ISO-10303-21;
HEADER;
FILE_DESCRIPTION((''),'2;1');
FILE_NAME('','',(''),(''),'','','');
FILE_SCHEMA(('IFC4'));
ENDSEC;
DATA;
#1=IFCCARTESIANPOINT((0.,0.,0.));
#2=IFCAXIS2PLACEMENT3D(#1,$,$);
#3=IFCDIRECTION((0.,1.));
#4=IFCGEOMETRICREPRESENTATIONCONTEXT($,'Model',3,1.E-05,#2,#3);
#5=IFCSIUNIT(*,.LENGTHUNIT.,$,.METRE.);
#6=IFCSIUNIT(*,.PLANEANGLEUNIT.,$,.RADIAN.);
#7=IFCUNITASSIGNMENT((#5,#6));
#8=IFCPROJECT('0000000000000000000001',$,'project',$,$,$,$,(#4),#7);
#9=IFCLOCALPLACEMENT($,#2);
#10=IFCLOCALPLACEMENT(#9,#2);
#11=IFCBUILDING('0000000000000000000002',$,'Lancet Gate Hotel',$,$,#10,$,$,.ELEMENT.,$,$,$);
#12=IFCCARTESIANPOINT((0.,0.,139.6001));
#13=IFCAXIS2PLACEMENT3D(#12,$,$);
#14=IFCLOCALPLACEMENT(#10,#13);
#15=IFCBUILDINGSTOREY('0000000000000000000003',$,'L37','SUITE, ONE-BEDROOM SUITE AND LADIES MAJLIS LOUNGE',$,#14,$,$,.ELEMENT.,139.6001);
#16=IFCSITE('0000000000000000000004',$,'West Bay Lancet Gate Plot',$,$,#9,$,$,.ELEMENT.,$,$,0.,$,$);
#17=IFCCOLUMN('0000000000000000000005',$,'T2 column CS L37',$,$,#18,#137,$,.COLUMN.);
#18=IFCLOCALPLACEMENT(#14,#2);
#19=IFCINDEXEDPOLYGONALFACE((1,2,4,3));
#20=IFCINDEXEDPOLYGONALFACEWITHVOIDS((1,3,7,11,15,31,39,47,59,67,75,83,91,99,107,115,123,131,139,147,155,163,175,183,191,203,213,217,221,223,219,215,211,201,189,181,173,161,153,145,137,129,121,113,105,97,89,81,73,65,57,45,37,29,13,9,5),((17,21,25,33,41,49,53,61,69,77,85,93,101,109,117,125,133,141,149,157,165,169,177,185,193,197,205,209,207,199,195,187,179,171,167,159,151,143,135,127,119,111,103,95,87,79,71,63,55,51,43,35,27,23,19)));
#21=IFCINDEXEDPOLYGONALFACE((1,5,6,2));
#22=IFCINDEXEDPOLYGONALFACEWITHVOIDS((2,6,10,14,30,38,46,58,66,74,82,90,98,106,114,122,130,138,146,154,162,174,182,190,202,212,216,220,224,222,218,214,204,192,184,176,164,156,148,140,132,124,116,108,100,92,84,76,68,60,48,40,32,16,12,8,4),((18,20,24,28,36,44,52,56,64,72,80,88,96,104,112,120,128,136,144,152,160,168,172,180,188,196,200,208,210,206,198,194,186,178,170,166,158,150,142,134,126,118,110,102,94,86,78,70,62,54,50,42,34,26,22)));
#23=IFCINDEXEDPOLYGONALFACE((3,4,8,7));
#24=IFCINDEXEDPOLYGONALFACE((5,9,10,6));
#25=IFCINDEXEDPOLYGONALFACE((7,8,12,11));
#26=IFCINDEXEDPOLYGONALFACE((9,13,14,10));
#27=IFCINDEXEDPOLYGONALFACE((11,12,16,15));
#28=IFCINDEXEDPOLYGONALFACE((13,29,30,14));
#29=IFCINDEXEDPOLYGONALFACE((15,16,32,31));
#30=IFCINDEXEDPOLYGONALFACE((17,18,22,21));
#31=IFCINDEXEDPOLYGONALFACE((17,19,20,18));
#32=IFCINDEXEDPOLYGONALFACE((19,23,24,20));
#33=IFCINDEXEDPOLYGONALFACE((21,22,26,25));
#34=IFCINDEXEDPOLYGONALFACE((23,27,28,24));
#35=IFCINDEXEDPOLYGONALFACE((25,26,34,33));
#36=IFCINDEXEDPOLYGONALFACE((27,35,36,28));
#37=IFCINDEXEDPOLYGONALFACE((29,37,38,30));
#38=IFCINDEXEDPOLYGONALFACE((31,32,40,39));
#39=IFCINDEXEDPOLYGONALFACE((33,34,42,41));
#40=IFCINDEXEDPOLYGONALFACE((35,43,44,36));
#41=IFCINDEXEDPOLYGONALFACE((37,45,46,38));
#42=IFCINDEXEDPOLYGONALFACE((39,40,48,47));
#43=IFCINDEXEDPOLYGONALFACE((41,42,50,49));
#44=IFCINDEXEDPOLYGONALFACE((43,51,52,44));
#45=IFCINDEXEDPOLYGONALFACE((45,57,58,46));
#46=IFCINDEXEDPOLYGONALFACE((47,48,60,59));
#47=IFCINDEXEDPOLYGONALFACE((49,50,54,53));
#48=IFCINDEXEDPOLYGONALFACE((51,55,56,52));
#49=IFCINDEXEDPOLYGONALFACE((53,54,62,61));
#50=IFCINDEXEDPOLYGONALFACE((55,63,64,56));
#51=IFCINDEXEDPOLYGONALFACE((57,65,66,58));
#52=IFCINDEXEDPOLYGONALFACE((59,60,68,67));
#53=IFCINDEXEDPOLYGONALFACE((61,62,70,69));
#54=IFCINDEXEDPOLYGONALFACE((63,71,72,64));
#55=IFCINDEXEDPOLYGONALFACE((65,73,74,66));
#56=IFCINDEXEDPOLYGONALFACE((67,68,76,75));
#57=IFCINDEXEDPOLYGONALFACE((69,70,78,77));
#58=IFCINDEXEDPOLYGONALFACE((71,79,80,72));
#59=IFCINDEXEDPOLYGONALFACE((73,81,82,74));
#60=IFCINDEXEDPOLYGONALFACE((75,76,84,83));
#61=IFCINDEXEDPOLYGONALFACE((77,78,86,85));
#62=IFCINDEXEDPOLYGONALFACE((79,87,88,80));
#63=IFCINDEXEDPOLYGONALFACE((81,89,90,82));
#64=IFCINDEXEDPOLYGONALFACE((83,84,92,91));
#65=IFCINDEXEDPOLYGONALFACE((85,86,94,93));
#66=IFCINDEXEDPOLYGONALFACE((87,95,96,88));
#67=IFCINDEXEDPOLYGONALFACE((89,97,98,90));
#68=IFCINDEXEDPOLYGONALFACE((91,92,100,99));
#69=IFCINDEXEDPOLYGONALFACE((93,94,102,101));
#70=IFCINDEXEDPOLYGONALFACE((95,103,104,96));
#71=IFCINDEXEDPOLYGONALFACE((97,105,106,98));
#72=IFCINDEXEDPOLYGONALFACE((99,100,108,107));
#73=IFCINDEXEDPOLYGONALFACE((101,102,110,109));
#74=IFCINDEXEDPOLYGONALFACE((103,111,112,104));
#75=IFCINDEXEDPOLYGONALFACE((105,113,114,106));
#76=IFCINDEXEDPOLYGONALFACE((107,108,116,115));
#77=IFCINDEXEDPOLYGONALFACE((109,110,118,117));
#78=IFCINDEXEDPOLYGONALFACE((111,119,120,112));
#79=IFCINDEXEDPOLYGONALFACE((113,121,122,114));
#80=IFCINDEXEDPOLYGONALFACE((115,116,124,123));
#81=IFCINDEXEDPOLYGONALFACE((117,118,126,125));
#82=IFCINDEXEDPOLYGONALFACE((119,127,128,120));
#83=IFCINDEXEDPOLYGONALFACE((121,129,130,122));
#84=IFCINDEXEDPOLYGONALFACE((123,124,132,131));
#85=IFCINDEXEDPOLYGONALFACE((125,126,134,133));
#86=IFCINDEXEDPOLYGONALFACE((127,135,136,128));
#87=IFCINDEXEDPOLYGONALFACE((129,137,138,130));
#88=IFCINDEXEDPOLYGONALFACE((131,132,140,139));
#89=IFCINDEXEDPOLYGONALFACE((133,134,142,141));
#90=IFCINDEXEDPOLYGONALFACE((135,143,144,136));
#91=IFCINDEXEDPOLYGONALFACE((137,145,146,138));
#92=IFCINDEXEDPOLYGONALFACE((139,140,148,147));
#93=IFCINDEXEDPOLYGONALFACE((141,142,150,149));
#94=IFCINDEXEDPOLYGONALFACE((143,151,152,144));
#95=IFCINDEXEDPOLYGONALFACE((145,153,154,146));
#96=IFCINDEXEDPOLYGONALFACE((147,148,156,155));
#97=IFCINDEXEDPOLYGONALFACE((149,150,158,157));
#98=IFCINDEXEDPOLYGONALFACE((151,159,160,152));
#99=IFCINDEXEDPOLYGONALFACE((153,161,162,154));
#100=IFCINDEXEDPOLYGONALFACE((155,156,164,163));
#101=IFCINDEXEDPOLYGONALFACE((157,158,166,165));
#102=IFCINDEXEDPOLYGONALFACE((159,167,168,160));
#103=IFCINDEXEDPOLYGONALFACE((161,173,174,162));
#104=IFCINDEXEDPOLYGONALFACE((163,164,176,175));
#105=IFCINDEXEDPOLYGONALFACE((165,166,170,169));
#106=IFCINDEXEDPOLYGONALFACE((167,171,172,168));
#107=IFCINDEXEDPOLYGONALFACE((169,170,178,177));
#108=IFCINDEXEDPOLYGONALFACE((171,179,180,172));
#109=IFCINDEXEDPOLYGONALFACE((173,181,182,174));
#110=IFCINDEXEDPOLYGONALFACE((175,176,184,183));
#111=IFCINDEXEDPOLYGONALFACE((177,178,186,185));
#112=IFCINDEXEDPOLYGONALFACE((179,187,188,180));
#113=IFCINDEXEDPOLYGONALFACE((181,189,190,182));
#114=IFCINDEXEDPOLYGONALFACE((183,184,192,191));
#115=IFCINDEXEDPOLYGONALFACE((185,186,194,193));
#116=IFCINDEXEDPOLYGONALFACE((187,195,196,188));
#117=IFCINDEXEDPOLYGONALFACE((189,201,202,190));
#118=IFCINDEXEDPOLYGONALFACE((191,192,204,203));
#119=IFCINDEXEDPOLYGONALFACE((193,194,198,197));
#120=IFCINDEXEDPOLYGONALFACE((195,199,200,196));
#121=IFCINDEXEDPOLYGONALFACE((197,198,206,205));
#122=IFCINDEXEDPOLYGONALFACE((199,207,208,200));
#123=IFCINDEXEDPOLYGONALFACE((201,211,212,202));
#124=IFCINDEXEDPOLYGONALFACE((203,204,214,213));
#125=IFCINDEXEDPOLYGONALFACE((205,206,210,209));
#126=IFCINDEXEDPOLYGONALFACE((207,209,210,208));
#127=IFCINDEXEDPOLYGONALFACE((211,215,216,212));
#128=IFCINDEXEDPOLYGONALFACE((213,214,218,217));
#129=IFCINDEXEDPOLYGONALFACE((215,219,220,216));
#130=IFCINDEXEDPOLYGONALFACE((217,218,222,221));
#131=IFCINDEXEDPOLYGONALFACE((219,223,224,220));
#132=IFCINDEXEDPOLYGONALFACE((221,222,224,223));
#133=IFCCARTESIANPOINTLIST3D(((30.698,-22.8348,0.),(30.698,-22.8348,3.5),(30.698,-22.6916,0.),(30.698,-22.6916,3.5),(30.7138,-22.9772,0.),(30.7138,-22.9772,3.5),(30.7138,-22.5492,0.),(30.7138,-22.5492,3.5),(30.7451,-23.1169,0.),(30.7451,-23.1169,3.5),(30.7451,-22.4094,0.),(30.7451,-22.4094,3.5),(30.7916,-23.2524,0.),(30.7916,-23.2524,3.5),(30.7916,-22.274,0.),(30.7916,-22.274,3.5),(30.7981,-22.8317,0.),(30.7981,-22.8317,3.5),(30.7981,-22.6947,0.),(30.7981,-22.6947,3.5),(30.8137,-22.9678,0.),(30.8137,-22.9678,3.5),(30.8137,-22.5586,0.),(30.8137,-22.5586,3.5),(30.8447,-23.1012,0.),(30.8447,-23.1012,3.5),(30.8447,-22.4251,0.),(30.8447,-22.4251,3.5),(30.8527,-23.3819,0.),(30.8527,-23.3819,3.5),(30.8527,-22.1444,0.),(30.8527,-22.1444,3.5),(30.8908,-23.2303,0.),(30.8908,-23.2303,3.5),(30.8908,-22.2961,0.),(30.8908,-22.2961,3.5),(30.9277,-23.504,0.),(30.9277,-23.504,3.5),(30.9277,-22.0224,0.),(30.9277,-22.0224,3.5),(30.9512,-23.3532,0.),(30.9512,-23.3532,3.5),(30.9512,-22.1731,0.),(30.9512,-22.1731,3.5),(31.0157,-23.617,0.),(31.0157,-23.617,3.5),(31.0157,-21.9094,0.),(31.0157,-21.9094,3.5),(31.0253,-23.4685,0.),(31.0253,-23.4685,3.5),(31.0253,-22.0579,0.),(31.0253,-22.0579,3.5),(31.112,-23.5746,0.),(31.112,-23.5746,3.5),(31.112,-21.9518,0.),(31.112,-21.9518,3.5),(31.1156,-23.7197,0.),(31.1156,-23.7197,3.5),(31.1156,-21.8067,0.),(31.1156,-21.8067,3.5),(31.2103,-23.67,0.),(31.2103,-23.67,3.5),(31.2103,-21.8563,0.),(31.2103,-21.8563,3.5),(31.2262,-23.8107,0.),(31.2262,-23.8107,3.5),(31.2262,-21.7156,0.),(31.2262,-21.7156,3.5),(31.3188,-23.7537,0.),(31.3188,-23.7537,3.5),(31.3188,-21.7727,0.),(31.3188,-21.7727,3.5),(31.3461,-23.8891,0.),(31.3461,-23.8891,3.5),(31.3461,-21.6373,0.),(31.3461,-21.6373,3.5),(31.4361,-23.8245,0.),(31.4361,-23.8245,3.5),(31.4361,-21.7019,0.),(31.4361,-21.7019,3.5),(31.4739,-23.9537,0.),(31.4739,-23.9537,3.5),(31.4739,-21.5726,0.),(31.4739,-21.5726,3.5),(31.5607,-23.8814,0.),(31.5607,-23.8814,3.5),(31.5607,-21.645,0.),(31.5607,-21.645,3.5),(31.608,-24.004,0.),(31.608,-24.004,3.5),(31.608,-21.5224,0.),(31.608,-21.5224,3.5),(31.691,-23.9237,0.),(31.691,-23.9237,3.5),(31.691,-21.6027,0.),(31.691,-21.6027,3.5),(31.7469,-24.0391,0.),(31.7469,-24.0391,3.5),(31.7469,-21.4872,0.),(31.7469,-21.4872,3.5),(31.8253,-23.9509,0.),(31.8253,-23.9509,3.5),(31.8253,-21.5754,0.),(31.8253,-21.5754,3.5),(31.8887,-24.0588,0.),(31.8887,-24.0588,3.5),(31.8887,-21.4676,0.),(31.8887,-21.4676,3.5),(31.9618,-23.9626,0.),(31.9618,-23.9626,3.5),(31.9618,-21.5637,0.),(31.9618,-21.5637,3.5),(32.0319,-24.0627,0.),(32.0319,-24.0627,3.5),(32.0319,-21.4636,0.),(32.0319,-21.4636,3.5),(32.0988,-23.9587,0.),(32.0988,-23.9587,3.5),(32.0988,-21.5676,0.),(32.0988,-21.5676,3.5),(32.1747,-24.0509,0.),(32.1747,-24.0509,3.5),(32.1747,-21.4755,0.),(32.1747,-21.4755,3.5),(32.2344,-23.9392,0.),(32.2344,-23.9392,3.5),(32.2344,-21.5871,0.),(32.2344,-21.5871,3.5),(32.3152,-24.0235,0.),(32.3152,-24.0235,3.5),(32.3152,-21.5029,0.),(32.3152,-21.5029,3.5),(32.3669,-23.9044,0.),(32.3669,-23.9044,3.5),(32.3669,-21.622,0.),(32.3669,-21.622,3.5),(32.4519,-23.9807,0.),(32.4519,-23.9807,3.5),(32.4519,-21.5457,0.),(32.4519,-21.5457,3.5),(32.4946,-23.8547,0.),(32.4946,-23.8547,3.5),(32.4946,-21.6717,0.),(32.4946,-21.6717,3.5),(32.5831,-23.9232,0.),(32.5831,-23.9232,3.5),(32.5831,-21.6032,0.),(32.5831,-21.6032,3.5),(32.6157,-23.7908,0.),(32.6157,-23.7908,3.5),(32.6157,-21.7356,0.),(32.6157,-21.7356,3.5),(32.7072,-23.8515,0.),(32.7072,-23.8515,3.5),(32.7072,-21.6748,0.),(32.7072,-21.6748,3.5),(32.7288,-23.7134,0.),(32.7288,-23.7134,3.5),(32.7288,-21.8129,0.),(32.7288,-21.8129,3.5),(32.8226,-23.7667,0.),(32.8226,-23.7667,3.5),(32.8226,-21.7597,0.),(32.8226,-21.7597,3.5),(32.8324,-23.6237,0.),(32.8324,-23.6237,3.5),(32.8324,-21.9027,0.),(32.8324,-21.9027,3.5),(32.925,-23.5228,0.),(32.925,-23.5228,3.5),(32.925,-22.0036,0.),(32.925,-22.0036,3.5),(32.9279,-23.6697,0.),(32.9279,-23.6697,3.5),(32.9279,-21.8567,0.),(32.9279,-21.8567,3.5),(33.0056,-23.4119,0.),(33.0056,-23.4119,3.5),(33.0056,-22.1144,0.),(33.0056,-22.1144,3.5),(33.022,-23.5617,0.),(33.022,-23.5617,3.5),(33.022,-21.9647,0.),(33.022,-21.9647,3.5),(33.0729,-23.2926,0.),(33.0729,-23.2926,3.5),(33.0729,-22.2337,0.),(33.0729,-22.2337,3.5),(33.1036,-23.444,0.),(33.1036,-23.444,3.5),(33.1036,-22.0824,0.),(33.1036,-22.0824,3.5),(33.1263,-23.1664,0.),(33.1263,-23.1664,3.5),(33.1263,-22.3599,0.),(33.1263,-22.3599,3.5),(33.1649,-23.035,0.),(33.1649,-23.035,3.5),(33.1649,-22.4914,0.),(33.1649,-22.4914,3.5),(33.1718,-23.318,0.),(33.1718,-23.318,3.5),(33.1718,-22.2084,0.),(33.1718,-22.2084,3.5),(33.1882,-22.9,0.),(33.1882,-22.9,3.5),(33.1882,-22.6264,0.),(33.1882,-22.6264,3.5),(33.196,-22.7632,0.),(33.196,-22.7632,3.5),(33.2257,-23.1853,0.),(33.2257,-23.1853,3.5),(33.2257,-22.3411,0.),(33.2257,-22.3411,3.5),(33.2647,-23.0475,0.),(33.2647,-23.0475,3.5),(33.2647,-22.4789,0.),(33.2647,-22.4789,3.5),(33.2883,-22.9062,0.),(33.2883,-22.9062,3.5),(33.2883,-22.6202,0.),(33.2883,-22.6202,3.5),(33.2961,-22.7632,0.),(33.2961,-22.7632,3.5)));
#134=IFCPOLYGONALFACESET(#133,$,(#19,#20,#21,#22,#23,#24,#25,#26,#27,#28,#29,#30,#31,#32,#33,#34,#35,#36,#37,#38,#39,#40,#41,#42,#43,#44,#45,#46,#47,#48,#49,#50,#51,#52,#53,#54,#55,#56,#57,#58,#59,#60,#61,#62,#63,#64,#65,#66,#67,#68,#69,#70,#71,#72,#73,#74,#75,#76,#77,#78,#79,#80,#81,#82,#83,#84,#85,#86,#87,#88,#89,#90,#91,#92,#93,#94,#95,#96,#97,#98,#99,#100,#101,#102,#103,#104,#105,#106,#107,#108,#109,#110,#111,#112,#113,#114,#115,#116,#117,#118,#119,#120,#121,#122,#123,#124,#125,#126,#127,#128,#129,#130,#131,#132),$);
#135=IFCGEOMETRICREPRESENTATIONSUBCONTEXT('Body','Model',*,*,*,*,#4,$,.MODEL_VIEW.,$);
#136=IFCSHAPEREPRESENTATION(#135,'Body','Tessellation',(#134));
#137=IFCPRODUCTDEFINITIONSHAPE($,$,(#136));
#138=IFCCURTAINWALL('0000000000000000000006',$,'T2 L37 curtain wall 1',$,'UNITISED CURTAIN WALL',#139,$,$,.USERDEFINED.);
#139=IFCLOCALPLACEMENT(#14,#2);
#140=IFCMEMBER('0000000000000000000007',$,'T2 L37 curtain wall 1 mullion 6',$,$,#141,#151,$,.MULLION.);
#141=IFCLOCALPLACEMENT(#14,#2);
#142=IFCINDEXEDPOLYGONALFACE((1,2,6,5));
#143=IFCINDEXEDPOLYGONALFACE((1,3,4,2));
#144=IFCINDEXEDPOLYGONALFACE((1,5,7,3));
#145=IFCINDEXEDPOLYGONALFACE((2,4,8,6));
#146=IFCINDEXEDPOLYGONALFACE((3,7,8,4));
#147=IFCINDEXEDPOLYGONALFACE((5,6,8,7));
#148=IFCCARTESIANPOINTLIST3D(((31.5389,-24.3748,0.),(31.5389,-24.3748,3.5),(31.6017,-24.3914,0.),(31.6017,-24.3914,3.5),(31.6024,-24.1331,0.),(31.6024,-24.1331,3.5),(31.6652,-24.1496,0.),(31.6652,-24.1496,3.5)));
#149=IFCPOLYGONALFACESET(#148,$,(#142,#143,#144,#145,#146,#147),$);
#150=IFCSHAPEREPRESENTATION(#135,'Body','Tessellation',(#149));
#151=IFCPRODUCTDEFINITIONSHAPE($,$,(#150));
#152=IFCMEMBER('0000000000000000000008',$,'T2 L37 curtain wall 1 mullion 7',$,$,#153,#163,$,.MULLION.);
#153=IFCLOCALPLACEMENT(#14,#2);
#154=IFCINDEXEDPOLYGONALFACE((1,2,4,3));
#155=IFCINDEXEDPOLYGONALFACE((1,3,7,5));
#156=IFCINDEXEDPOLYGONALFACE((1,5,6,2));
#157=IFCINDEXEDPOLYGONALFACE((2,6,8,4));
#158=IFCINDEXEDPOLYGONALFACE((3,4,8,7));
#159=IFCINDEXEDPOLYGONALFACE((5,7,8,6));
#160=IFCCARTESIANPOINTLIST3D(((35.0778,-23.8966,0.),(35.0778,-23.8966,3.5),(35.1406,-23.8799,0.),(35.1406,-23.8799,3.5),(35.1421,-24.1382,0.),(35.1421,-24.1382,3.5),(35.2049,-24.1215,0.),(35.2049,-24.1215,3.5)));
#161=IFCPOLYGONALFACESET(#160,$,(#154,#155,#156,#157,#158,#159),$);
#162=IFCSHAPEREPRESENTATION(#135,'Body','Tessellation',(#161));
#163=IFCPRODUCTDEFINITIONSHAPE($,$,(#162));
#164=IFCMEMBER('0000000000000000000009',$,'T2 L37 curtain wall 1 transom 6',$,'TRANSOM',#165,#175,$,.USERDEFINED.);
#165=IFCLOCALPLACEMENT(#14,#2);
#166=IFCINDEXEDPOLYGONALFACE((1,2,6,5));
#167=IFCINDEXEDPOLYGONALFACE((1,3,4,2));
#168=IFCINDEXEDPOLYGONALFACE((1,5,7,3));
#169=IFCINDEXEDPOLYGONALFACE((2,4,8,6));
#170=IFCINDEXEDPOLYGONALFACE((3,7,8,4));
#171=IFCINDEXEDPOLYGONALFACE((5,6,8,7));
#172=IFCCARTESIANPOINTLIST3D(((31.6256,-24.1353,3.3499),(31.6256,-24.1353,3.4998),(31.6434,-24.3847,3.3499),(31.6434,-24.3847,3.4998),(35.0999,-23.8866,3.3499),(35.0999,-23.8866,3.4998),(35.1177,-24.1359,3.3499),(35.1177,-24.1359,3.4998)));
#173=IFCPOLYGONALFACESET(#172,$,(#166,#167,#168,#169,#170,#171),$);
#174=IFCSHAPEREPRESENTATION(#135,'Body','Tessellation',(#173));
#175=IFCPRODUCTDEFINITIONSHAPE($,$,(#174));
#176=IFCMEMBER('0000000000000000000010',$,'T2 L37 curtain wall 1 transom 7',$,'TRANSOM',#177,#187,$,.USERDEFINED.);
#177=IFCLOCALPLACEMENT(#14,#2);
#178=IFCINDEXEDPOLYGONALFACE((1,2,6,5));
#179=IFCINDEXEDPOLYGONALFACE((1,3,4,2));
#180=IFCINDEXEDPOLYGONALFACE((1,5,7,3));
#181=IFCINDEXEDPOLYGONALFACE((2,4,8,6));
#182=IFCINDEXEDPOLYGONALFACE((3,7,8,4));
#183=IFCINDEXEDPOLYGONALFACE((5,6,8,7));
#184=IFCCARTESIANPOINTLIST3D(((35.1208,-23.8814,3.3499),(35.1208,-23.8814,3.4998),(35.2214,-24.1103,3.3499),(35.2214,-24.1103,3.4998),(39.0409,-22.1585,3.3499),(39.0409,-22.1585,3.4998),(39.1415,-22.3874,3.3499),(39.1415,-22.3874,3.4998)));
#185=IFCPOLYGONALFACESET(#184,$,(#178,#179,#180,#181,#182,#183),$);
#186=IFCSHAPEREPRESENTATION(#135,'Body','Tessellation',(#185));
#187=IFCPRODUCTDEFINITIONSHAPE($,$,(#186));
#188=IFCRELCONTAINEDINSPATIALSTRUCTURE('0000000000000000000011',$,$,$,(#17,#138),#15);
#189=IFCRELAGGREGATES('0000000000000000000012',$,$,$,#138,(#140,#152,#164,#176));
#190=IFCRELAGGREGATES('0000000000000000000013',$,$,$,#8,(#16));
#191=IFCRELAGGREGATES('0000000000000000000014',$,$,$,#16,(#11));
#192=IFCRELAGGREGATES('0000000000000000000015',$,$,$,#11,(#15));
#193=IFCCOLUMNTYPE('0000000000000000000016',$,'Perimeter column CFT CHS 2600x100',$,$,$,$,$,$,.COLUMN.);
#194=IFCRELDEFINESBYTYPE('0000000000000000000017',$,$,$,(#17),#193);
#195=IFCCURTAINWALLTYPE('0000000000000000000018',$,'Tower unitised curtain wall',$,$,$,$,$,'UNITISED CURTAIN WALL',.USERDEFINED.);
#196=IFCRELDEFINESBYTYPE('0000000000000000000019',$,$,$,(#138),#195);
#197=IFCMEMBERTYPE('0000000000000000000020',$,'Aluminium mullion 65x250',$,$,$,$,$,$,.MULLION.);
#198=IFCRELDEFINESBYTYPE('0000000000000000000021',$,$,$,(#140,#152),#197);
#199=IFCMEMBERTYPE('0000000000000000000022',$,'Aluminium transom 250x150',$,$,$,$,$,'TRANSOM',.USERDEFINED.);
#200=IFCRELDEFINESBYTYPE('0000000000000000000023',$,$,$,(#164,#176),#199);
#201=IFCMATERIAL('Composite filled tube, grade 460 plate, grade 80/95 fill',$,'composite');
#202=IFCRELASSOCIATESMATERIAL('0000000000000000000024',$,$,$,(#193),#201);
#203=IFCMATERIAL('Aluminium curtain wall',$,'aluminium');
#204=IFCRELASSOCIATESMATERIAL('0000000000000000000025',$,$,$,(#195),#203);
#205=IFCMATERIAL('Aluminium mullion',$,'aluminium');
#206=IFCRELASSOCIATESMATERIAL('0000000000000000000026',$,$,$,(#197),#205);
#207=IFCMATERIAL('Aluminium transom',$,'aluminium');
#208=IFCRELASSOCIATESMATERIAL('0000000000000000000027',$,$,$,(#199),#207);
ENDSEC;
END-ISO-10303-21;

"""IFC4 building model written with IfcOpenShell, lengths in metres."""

from ifc_helpers import new_model, si_unit, direction, frame, origin, origin_2d, place, context, subcontext, project, spatial, rectangle, hollow_circle, extrude, material, material_profile, profile_set, type_object, element, aggregate, save


model = new_model("IFC4")

# Units and contexts
model_context = context("Model", 3, precision=1e-05, world=origin(), true_north=direction((0.0, 1.0)))
body_context = subcontext(model_context, "Body", "Model", "MODEL_VIEW")
ifc_project = project(units=[si_unit("LENGTHUNIT", "METRE"), si_unit("PLANEANGLEUNIT", "RADIAN")], contexts=[model_context])

# Site, building, storey
site_placement = place(None, origin())
site = spatial("IfcSite", under=ifc_project, at=site_placement, Name="West Bay Lancet Gate Plot", CompositionType="ELEMENT", RefElevation=0.0)
building_placement = place(site_placement, origin())
building = spatial("IfcBuilding", under=site, at=building_placement, Name="Lancet Gate Hotel", CompositionType="ELEMENT")
storey_placement = place(building_placement, frame((0.0, 0.0, 139.6001)))
storey = spatial("IfcBuildingStorey", under=building, at=storey_placement, Name="L37", Description="SUITE, ONE-BEDROOM SUITE AND LADIES MAJLIS LOUNGE", CompositionType="ELEMENT", Elevation=139.6001)

# Column
ifc_material_1 = material(Name="Composite filled tube, grade 460 plate, grade 80/95 fill", Category="composite")
ifc_material_profile_1 = material_profile(ifc_material_1, hollow_circle(Radius=1.3, WallThickness=0.1001, at=origin_2d()), Name="CHS 2600x100")
ifc_profile_set_1 = profile_set([ifc_material_profile_1], Name="Composite filled tube, grade 460 plate, grade 80/95 fill")
column_type = type_object("IfcColumnType", Name="Perimeter column CFT CHS 2600x100", PredefinedType="COLUMN", material=ifc_profile_set_1)
column_placement = place(storey_placement, frame((31.9961, -22.7632, 0.0), z_axis=(0.0, 0.0, 1.0), x_axis=(1.0, 0.0, 0.0)))
element("IfcColumn", 1, at=column_placement, inside=storey, type_object=column_type, Name="T2 column CS L37", PredefinedType="COLUMN", context=body_context, shape_type="SweptSolid", body=[
    extrude(hollow_circle(Radius=1.3, WallThickness=0.1001, at=origin_2d()), origin(), (0.0, 0.0, 1.0), 3.5),
])

# Curtain wall, members
ifc_material_2 = material(Name="Aluminium curtain wall", Category="aluminium")
curtain_wall_type = type_object("IfcCurtainWallType", Name="Tower unitised curtain wall", ElementType="UNITISED CURTAIN WALL", PredefinedType="USERDEFINED", material=ifc_material_2)
curtain_wall_placement = place(storey_placement, origin())
curtain_wall = element("IfcCurtainWall", 2, at=curtain_wall_placement, inside=storey, type_object=curtain_wall_type, Name="T2 L37 curtain wall 1", ObjectType="UNITISED CURTAIN WALL", PredefinedType="USERDEFINED")
ifc_material_3 = material(Name="Aluminium mullion", Category="aluminium")
ifc_material_profile_2 = material_profile(ifc_material_3, rectangle(XDim=0.0649, YDim=0.25, at=origin_2d()), Name="MULLION 65x250")
ifc_profile_set_2 = profile_set([ifc_material_profile_2], Name="Aluminium mullion")
member_type_1 = type_object("IfcMemberType", Name="Aluminium mullion 65x250", PredefinedType="MULLION", material=ifc_profile_set_2)
member_1_placement = place(storey_placement, frame((31.6021, -24.2622, 0.0), z_axis=(0.0, 0.0, 1.0), x_axis=(0.967157, -0.254179, 0.0)))
member_1 = element("IfcMember", 3, at=member_1_placement, type_object=member_type_1, Name="T2 L37 curtain wall 1 mullion 6", PredefinedType="MULLION", context=body_context, shape_type="SweptSolid", body=[
    extrude(rectangle(XDim=0.0649, YDim=0.25, at=origin_2d()), origin(), (0.0, 0.0, 1.0), 3.5),
])
member_2_placement = place(storey_placement, frame((35.1414, -24.009, 0.0), z_axis=(0.0, 0.0, 1.0), x_axis=(0.966317, 0.257353, 0.0)))
member_2 = element("IfcMember", 4, at=member_2_placement, type_object=member_type_1, Name="T2 L37 curtain wall 1 mullion 7", PredefinedType="MULLION", context=body_context, shape_type="SweptSolid", body=[
    extrude(rectangle(XDim=0.0649, YDim=0.25, at=origin_2d()), origin(), (0.0, 0.0, 1.0), 3.5),
])
ifc_material_4 = material(Name="Aluminium transom", Category="aluminium")
ifc_material_profile_3 = material_profile(ifc_material_4, rectangle(XDim=0.25, YDim=0.1499, at=origin_2d()), Name="TRANSOM 250x150")
ifc_profile_set_3 = profile_set([ifc_material_profile_3], Name="Aluminium transom")
member_type_2 = type_object("IfcMemberType", Name="Aluminium transom 250x150", ElementType="TRANSOM", PredefinedType="USERDEFINED", material=ifc_profile_set_3)
member_3_placement = place(storey_placement, frame((31.6345, -24.26, 3.4248), z_axis=(0.997446, 0.071421, 0.0), x_axis=(-0.071421, 0.997446, 0.0)))
member_3 = element("IfcMember", 5, at=member_3_placement, type_object=member_type_2, Name="T2 L37 curtain wall 1 transom 6", ObjectType="TRANSOM", PredefinedType="USERDEFINED", context=body_context, shape_type="SweptSolid", body=[
    extrude(rectangle(XDim=0.25, YDim=0.1499, at=origin_2d()), origin(), (0.0, 0.0, 1.0), 3.4832),
])
member_4_placement = place(storey_placement, frame((35.1711, -23.9958, 3.4248), z_axis=(0.915485, 0.402353, 0.0), x_axis=(-0.402353, 0.915485, 0.0)))
member_4 = element("IfcMember", 6, at=member_4_placement, type_object=member_type_2, Name="T2 L37 curtain wall 1 transom 7", ObjectType="TRANSOM", PredefinedType="USERDEFINED", context=body_context, shape_type="SweptSolid", body=[
    extrude(rectangle(XDim=0.25, YDim=0.1499, at=origin_2d()), origin(), (0.0, 0.0, 1.0), 4.282),
])

aggregate(curtain_wall, [member_1, member_2, member_3, member_4])

save(model, "model.ifc")
